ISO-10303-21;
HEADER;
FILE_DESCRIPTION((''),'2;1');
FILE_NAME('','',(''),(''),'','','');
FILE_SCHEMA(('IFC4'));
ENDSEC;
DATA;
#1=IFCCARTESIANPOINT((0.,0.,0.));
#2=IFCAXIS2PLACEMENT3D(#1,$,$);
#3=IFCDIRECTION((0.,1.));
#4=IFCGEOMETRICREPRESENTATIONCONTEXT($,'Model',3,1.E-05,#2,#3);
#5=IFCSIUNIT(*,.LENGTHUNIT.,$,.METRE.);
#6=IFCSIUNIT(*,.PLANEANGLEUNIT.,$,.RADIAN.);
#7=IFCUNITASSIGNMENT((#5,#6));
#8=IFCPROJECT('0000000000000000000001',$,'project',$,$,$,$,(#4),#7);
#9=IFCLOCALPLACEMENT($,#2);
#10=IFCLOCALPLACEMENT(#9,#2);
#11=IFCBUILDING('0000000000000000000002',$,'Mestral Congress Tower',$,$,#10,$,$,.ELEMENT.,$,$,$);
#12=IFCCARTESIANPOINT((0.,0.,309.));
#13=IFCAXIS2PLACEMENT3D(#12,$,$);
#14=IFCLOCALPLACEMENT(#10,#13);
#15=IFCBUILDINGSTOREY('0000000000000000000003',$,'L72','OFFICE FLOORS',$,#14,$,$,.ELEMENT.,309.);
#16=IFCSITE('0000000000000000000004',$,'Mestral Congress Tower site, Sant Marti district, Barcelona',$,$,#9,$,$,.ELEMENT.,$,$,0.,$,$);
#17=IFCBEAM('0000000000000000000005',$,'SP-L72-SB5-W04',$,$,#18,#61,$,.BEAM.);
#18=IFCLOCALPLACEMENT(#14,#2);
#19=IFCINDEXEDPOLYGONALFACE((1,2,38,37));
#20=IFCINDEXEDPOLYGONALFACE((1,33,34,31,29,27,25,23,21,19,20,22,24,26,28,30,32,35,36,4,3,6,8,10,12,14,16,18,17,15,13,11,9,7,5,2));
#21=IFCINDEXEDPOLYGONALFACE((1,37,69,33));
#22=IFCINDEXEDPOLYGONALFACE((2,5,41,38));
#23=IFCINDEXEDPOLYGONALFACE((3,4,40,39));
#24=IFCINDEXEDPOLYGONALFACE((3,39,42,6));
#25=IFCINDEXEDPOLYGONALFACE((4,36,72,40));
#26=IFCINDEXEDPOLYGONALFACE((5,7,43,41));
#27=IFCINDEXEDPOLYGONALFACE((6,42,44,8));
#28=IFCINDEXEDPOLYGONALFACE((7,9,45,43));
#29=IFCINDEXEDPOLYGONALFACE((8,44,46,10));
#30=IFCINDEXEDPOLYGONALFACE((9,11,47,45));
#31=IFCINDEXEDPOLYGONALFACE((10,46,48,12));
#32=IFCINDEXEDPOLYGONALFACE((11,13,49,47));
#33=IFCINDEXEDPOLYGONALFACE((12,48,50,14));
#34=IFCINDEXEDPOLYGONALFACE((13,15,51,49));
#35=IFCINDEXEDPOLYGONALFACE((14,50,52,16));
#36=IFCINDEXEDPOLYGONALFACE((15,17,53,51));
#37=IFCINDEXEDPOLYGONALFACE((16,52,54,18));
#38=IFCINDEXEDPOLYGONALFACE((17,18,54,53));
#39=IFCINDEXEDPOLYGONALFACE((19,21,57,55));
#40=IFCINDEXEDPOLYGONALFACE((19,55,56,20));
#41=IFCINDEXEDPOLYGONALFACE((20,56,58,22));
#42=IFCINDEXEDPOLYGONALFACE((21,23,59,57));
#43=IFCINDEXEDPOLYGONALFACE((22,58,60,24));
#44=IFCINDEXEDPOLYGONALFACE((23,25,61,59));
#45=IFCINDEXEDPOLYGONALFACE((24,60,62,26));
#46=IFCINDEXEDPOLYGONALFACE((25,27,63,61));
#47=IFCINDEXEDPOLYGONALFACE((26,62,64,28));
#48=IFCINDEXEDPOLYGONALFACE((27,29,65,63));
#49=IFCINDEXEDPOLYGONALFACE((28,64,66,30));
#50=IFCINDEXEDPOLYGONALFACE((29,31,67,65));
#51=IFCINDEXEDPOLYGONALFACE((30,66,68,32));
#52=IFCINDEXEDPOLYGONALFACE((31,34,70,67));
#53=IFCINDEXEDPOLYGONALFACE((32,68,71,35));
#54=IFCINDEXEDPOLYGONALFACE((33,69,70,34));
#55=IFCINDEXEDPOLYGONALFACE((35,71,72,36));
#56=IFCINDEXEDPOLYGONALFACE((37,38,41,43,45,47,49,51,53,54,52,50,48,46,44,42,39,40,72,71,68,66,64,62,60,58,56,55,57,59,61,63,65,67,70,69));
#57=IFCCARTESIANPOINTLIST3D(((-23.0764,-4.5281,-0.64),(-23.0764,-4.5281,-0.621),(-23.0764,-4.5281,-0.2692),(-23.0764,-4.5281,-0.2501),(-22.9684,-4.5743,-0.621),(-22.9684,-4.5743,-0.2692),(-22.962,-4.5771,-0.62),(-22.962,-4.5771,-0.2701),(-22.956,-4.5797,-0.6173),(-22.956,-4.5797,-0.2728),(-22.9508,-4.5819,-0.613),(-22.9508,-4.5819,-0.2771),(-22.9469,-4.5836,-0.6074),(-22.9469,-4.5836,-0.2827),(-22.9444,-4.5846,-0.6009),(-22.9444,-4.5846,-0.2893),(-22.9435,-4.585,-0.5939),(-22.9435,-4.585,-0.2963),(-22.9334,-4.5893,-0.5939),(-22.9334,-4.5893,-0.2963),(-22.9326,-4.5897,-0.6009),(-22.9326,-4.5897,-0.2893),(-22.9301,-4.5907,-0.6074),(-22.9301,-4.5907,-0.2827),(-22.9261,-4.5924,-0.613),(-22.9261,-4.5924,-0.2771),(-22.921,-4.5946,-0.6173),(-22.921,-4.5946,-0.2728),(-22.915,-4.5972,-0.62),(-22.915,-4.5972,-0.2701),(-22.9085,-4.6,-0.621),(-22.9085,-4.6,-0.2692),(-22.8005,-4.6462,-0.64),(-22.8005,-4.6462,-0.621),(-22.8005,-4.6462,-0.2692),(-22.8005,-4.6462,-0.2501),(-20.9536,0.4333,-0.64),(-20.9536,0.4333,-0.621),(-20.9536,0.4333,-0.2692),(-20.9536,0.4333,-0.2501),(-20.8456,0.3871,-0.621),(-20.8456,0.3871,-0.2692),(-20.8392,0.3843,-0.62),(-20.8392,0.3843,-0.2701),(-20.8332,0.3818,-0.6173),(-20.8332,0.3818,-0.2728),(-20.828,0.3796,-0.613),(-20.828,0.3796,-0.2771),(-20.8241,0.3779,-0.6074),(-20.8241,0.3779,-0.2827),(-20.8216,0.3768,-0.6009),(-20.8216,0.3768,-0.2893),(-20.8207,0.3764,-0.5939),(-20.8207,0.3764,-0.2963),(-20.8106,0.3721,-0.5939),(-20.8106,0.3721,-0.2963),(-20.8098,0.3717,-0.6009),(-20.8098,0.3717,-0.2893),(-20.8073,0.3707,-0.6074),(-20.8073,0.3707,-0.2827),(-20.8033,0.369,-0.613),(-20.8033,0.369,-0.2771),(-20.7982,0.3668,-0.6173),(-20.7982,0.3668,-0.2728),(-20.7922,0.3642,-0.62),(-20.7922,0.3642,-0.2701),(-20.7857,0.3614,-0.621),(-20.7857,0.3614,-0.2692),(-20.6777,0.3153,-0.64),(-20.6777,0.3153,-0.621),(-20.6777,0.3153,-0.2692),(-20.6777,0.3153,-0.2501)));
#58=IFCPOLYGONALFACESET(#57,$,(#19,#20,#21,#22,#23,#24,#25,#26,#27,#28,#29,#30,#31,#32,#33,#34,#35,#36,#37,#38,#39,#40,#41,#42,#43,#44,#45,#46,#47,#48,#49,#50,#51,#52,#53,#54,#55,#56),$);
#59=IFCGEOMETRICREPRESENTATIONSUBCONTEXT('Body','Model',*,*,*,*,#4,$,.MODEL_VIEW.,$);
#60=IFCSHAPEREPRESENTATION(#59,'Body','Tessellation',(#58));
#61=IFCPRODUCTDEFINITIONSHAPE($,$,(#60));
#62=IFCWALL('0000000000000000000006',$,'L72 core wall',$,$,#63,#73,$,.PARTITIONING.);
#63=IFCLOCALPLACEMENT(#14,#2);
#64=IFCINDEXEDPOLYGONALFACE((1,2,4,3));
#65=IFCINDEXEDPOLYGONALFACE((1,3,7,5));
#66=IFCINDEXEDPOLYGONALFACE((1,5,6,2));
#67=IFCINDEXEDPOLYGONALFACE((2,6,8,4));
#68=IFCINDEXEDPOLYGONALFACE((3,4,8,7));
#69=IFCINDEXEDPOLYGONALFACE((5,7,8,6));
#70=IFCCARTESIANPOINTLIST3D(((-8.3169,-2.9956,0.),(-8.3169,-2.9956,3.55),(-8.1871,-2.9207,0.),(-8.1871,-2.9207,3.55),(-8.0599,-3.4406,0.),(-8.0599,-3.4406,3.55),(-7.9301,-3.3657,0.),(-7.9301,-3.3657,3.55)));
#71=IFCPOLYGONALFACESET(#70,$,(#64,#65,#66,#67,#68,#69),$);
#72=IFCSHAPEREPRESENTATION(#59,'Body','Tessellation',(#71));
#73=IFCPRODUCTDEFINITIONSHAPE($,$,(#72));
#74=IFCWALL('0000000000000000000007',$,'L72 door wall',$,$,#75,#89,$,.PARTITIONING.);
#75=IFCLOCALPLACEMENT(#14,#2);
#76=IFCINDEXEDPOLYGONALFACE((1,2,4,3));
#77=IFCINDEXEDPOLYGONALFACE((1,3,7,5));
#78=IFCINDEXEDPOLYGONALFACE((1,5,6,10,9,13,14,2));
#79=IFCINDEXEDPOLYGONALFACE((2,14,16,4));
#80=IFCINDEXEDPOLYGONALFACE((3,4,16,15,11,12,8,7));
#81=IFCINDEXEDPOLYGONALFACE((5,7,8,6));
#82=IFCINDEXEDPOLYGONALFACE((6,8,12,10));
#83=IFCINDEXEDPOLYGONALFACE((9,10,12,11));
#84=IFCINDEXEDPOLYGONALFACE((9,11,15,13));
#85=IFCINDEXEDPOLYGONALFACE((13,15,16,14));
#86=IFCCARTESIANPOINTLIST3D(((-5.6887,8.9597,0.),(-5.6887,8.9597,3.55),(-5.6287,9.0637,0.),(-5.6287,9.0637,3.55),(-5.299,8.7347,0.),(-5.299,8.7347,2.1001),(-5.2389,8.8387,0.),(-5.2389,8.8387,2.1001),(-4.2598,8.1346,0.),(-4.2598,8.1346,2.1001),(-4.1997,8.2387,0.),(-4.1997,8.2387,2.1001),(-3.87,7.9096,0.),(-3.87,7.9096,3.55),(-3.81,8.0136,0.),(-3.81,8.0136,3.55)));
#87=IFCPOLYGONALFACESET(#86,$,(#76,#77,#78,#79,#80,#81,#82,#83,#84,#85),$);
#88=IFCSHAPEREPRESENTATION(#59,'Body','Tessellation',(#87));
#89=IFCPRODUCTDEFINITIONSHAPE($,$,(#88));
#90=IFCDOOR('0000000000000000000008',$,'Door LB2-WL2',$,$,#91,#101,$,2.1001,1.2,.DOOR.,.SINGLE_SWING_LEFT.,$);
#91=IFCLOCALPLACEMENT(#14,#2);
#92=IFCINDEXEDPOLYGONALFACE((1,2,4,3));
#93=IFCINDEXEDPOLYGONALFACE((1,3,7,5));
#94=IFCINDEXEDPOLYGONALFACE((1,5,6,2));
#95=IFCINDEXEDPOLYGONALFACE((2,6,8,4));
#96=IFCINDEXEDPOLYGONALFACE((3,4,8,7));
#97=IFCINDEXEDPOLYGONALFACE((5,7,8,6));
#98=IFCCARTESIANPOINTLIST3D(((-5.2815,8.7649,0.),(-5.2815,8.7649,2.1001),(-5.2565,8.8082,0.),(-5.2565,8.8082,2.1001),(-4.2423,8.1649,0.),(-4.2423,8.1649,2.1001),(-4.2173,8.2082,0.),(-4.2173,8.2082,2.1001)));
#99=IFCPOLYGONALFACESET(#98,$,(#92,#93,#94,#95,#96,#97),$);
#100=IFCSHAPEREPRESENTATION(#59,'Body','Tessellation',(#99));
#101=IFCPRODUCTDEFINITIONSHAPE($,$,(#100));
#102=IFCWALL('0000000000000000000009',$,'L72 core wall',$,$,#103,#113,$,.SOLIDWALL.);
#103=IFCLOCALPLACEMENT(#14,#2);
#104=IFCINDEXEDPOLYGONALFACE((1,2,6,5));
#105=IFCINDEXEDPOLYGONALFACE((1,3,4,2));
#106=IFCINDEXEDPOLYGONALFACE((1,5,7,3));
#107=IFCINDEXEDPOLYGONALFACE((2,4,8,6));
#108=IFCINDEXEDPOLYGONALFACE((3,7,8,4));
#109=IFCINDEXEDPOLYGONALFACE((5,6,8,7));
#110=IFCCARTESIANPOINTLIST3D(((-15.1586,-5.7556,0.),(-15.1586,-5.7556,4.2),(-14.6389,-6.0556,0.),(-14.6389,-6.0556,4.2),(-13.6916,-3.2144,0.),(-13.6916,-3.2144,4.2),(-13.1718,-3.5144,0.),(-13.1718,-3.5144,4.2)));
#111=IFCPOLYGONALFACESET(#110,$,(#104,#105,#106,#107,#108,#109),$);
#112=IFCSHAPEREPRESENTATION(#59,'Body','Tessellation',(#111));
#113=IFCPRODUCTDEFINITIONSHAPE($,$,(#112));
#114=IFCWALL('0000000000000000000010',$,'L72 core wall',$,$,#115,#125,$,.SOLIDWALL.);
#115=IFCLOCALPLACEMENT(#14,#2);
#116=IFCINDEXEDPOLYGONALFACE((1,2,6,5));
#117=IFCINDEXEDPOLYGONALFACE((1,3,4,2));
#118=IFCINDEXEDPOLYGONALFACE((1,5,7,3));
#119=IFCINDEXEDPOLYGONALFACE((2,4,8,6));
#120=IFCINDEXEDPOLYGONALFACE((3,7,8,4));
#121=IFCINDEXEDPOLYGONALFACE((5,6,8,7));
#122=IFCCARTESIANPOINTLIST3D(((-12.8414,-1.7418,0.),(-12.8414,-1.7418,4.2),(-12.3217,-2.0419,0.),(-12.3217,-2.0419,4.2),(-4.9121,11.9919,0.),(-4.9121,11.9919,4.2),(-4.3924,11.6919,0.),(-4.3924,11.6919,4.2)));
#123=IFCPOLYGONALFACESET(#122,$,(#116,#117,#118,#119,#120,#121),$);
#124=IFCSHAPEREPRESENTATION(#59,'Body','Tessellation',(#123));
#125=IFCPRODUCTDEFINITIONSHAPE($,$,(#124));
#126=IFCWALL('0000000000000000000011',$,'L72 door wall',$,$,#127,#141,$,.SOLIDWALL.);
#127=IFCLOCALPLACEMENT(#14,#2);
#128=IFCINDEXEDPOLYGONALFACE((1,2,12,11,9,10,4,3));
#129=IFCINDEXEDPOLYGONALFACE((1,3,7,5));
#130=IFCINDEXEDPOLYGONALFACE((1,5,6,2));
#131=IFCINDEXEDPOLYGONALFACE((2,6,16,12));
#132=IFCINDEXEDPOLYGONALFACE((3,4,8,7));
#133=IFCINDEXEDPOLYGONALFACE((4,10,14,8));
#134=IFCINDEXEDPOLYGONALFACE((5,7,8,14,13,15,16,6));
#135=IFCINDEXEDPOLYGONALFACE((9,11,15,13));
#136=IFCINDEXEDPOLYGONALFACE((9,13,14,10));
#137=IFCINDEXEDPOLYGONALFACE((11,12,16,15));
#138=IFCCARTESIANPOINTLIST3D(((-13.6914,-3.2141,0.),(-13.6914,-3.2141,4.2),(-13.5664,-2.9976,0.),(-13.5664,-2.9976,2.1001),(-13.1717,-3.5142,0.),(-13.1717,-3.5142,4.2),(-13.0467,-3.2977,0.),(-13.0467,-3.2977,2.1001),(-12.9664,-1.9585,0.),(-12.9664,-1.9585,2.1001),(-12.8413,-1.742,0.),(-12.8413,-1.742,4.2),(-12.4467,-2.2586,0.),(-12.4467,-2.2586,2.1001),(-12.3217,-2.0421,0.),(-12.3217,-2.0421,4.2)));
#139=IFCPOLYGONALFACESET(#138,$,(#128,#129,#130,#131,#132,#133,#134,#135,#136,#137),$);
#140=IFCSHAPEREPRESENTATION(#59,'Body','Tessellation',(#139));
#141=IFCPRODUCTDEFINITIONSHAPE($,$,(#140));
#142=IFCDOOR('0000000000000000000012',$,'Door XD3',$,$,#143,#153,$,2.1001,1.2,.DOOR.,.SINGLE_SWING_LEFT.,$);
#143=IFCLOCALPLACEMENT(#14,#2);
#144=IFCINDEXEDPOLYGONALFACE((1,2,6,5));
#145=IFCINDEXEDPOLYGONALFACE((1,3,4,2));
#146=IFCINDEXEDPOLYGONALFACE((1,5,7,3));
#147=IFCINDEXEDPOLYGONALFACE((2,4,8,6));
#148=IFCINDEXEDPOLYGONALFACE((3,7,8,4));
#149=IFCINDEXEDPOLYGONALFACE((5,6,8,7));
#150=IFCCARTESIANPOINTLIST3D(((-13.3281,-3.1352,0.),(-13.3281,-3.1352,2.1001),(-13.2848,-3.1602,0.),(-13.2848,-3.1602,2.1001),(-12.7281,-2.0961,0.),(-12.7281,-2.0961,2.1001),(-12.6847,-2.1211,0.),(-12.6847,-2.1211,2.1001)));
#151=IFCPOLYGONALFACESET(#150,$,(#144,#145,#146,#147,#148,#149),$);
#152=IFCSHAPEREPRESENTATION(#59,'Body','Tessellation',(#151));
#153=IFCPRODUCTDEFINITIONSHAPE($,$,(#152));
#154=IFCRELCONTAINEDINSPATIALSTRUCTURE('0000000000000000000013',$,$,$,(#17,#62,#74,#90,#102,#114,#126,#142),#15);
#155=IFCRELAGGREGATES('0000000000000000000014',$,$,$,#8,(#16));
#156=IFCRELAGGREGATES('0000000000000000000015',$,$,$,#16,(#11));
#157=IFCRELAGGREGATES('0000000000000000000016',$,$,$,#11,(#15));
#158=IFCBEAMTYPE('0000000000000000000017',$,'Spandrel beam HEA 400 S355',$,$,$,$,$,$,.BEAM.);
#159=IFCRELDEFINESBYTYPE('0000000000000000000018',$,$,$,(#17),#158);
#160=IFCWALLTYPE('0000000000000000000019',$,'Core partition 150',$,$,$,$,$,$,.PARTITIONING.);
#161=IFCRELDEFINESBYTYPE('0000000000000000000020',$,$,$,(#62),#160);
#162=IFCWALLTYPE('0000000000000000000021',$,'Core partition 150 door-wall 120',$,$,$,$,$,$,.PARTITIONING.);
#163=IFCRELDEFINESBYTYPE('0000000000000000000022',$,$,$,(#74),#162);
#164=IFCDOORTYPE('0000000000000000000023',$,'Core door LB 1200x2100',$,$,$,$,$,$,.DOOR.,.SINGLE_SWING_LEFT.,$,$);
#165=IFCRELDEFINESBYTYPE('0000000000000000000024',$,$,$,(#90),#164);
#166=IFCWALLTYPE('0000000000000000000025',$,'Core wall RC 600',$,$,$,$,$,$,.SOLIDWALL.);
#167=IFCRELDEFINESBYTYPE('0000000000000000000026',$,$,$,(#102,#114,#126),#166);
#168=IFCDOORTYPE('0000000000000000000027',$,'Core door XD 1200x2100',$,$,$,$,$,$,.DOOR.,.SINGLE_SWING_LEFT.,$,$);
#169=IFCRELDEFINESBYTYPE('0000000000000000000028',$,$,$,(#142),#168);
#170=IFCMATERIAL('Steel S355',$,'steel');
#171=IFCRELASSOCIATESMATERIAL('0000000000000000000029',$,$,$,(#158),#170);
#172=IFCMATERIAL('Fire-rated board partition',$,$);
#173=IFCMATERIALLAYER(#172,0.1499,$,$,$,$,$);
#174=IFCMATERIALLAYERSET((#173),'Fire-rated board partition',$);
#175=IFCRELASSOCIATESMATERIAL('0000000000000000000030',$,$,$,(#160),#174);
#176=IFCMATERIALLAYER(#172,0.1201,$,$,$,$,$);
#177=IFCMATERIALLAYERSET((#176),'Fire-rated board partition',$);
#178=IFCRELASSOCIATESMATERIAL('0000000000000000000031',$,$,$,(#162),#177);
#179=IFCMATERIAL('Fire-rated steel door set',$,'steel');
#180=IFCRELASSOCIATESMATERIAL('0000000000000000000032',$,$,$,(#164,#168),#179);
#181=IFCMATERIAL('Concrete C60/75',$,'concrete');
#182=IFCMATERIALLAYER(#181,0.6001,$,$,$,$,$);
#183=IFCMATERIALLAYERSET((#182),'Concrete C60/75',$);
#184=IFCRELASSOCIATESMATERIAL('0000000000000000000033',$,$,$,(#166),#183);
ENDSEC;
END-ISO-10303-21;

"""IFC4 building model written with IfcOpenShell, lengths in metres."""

from ifc_helpers import new_model, si_unit, direction, frame, frame_2d, origin, origin_2d, place, context, subcontext, project, spatial, rectangle, i_section, extrude, material, layer, layer_set, material_profile, profile_set, type_object, element, fill, save


model = new_model("IFC4")

# Units and contexts
model_context = context("Model", 3, precision=1e-05, world=origin(), true_north=direction((0.0, 1.0)))
body_context = subcontext(model_context, "Body", "Model", "MODEL_VIEW")
ifc_project = project(units=[si_unit("LENGTHUNIT", "METRE"), si_unit("PLANEANGLEUNIT", "RADIAN")], contexts=[model_context])

# Site, building, storey
site_placement = place(None, origin())
site = spatial("IfcSite", under=ifc_project, at=site_placement, Name="Mestral Congress Tower site, Sant Marti district, Barcelona", CompositionType="ELEMENT", RefElevation=0.0)
building_placement = place(site_placement, origin())
building = spatial("IfcBuilding", under=site, at=building_placement, Name="Mestral Congress Tower", CompositionType="ELEMENT")
storey_placement = place(building_placement, frame((0.0, 0.0, 309.0)))
storey = spatial("IfcBuildingStorey", under=building, at=storey_placement, Name="L72", Description="OFFICE FLOORS", CompositionType="ELEMENT", Elevation=309.0)

# Shared definitions
ifc_material_1 = material(Name="Concrete C60/75", Category="concrete")

# Beam
ifc_material_2 = material(Name="Steel S355", Category="steel")
ifc_material_profile_1 = material_profile(ifc_material_2, i_section(OverallWidth=0.3, OverallDepth=0.3899, WebThickness=0.011, FlangeThickness=0.019, FilletRadius=0.0271, at=origin_2d()), Name="HEA 400")
ifc_profile_set_1 = profile_set([ifc_material_profile_1], Name="Steel S355")
beam_type_1 = type_object("IfcBeamType", Name="Spandrel beam HEA 400 S355", PredefinedType="BEAM", material=ifc_profile_set_1)
beam_1_placement = place(storey_placement, frame((-20.8157, 0.3743, -0.4451), z_axis=(-0.393368, -0.919381, 0.0), x_axis=(0.919381, -0.393368, 0.0)))
element("IfcBeam", 1, at=beam_1_placement, inside=storey, type_object=beam_type_1, Name="SP-L72-SB5-W04", PredefinedType="BEAM", context=body_context, shape_type="SweptSolid", body=[
    extrude(i_section(OverallWidth=0.3, OverallDepth=0.3899, WebThickness=0.011, FlangeThickness=0.019, FilletRadius=0.0271, at=origin_2d()), origin(), (0.0, 0.0, 1.0), 5.3965),
])

# Wall
ifc_material_3 = material(Name="Fire-rated board partition")
ifc_layer_1 = layer(ifc_material_3, 0.1499)
ifc_layer_set_1 = layer_set([ifc_layer_1], Name="Fire-rated board partition")
wall_type_1 = type_object("IfcWallType", Name="Core partition 150", PredefinedType="PARTITIONING", material=ifc_layer_set_1)
wall_1_placement = place(storey_placement, frame((-8.252, -2.9583, 0.0), z_axis=(0.0, 0.0, 1.0), x_axis=(0.500175, -0.865925, 0.0)))
element("IfcWall", 2, at=wall_1_placement, inside=storey, type_object=wall_type_1, Name="L72 core wall", PredefinedType="PARTITIONING", context=body_context, shape_type="SweptSolid", body=[
    extrude(rectangle(XDim=0.5139, YDim=0.1499, at=frame_2d((0.2568, 0.0))), origin(), (0.0, 0.0, 1.0), 3.55),
])

# Wall, opening, door
ifc_layer_2 = layer(ifc_material_3, 0.1201)
ifc_layer_set_2 = layer_set([ifc_layer_2], Name="Fire-rated board partition")
wall_type_2 = type_object("IfcWallType", Name="Core partition 150 door-wall 120", PredefinedType="PARTITIONING", material=ifc_layer_set_2)
wall_2_placement = place(storey_placement, frame((-5.6587, 9.0117, 0.0), z_axis=(0.0, 0.0, 1.0), x_axis=(0.866009, -0.500028, 0.0)))
wall_2 = element("IfcWall", 3, at=wall_2_placement, inside=storey, type_object=wall_type_2, Name="L72 door wall", PredefinedType="PARTITIONING", context=body_context, shape_type="SweptSolid", body=[
    extrude(rectangle(XDim=2.1001, YDim=0.1201, at=frame_2d((1.05, 0.0))), origin(), (0.0, 0.0, 1.0), 3.55),
])
opening_1_placement = place(wall_2_placement, frame((0.45, 0.0, 0.0)))
opening_1 = element("IfcOpeningElement", 4, at=opening_1_placement, cuts=wall_2, PredefinedType="OPENING", context=body_context, shape_type="SweptSolid", body=[
    extrude(rectangle(XDim=1.2, YDim=2.1001, at=frame_2d((0.6001, 1.05))), frame((0.0, 0.0701, 0.0), z_axis=(0.0, -1.0, 0.0), x_axis=(1.0, 0.0, 0.0)), (0.0, 0.0, 1.0), 0.1401),
])
ifc_material_4 = material(Name="Fire-rated steel door set", Category="steel")
door_type_1 = type_object("IfcDoorType", Name="Core door LB 1200x2100", OperationType="SINGLE_SWING_LEFT", PredefinedType="DOOR", material=ifc_material_4)
door_1_placement = place(opening_1_placement, origin())
door_1 = element("IfcDoor", 5, at=door_1_placement, inside=storey, type_object=door_type_1, Name="Door LB2-WL2", OperationType="SINGLE_SWING_LEFT", OverallHeight=2.1001, OverallWidth=1.2, PredefinedType="DOOR", context=body_context, shape_type="SweptSolid", body=[
    extrude(rectangle(XDim=1.2, YDim=2.1001, at=frame_2d((0.6001, 1.05))), frame((0.0, 0.0249, 0.0), z_axis=(0.0, -1.0, 0.0), x_axis=(1.0, 0.0, 0.0)), (0.0, 0.0, 1.0), 0.05),
])
fill(opening_1, door_1)

# Walls
ifc_layer_3 = layer(ifc_material_1, 0.6001)
ifc_layer_set_3 = layer_set([ifc_layer_3], Name="Concrete C60/75")
wall_type_3 = type_object("IfcWallType", Name="Core wall RC 600", PredefinedType="SOLIDWALL", material=ifc_layer_set_3)
wall_3_placement = place(storey_placement, frame((-13.4316, -3.3643, 0.0), z_axis=(0.0, 0.0, 1.0), x_axis=(-0.49996, -0.866048, 0.0)))
element("IfcWall", 6, at=wall_3_placement, inside=storey, type_object=wall_type_3, Name="L72 core wall", PredefinedType="SOLIDWALL", context=body_context, shape_type="SweptSolid", body=[
    extrude(rectangle(XDim=2.9343, YDim=0.6001, at=frame_2d((1.4673, 0.0))), origin(), (0.0, 0.0, 1.0), 4.2),
])
wall_4_placement = place(storey_placement, frame((-12.5815, -1.8918, 0.0), z_axis=(0.0, 0.0, 1.0), x_axis=(0.500004, 0.866023, 0.0)))
element("IfcWall", 7, at=wall_4_placement, inside=storey, type_object=wall_type_3, Name="L72 core wall", PredefinedType="SOLIDWALL", context=body_context, shape_type="SweptSolid", body=[
    extrude(rectangle(XDim=15.8584, YDim=0.6001, at=frame_2d((7.9292, 0.0))), origin(), (0.0, 0.0, 1.0), 4.2),
])

# Wall, opening, door
wall_5_placement = place(storey_placement, frame((-13.4316, -3.3643, 0.0), z_axis=(0.0, 0.0, 1.0), x_axis=(0.500062, 0.865989, 0.0)))
wall_5 = element("IfcWall", 8, at=wall_5_placement, inside=storey, type_object=wall_type_3, Name="L72 door wall", PredefinedType="SOLIDWALL", context=body_context, shape_type="SweptSolid", body=[
    extrude(rectangle(XDim=1.7, YDim=0.6001, at=frame_2d((0.8501, 0.0))), origin(), (0.0, 0.0, 1.0), 4.2),
])
opening_2_placement = place(wall_5_placement, frame((0.25, 0.0, 0.0)))
opening_2 = element("IfcOpeningElement", 9, at=opening_2_placement, cuts=wall_5, PredefinedType="OPENING", context=body_context, shape_type="SweptSolid", body=[
    extrude(rectangle(XDim=1.2, YDim=2.1001, at=frame_2d((0.6001, 1.05))), frame((0.0, 0.3101, 0.0), z_axis=(0.0, -1.0, 0.0), x_axis=(1.0, 0.0, 0.0)), (0.0, 0.0, 1.0), 0.6201),
])
door_type_2 = type_object("IfcDoorType", Name="Core door XD 1200x2100", OperationType="SINGLE_SWING_LEFT", PredefinedType="DOOR", material=ifc_material_4)
door_2_placement = place(opening_2_placement, origin())
door_2 = element("IfcDoor", 10, at=door_2_placement, inside=storey, type_object=door_type_2, Name="Door XD3", OperationType="SINGLE_SWING_LEFT", OverallHeight=2.1001, OverallWidth=1.2, PredefinedType="DOOR", context=body_context, shape_type="SweptSolid", body=[
    extrude(rectangle(XDim=1.2, YDim=2.1001, at=frame_2d((0.6001, 1.05))), frame((0.0, 0.0249, 0.0), z_axis=(0.0, -1.0, 0.0), x_axis=(1.0, 0.0, 0.0)), (0.0, 0.0, 1.0), 0.05),
])
fill(opening_2, door_2)

save(model, "model.ifc")
